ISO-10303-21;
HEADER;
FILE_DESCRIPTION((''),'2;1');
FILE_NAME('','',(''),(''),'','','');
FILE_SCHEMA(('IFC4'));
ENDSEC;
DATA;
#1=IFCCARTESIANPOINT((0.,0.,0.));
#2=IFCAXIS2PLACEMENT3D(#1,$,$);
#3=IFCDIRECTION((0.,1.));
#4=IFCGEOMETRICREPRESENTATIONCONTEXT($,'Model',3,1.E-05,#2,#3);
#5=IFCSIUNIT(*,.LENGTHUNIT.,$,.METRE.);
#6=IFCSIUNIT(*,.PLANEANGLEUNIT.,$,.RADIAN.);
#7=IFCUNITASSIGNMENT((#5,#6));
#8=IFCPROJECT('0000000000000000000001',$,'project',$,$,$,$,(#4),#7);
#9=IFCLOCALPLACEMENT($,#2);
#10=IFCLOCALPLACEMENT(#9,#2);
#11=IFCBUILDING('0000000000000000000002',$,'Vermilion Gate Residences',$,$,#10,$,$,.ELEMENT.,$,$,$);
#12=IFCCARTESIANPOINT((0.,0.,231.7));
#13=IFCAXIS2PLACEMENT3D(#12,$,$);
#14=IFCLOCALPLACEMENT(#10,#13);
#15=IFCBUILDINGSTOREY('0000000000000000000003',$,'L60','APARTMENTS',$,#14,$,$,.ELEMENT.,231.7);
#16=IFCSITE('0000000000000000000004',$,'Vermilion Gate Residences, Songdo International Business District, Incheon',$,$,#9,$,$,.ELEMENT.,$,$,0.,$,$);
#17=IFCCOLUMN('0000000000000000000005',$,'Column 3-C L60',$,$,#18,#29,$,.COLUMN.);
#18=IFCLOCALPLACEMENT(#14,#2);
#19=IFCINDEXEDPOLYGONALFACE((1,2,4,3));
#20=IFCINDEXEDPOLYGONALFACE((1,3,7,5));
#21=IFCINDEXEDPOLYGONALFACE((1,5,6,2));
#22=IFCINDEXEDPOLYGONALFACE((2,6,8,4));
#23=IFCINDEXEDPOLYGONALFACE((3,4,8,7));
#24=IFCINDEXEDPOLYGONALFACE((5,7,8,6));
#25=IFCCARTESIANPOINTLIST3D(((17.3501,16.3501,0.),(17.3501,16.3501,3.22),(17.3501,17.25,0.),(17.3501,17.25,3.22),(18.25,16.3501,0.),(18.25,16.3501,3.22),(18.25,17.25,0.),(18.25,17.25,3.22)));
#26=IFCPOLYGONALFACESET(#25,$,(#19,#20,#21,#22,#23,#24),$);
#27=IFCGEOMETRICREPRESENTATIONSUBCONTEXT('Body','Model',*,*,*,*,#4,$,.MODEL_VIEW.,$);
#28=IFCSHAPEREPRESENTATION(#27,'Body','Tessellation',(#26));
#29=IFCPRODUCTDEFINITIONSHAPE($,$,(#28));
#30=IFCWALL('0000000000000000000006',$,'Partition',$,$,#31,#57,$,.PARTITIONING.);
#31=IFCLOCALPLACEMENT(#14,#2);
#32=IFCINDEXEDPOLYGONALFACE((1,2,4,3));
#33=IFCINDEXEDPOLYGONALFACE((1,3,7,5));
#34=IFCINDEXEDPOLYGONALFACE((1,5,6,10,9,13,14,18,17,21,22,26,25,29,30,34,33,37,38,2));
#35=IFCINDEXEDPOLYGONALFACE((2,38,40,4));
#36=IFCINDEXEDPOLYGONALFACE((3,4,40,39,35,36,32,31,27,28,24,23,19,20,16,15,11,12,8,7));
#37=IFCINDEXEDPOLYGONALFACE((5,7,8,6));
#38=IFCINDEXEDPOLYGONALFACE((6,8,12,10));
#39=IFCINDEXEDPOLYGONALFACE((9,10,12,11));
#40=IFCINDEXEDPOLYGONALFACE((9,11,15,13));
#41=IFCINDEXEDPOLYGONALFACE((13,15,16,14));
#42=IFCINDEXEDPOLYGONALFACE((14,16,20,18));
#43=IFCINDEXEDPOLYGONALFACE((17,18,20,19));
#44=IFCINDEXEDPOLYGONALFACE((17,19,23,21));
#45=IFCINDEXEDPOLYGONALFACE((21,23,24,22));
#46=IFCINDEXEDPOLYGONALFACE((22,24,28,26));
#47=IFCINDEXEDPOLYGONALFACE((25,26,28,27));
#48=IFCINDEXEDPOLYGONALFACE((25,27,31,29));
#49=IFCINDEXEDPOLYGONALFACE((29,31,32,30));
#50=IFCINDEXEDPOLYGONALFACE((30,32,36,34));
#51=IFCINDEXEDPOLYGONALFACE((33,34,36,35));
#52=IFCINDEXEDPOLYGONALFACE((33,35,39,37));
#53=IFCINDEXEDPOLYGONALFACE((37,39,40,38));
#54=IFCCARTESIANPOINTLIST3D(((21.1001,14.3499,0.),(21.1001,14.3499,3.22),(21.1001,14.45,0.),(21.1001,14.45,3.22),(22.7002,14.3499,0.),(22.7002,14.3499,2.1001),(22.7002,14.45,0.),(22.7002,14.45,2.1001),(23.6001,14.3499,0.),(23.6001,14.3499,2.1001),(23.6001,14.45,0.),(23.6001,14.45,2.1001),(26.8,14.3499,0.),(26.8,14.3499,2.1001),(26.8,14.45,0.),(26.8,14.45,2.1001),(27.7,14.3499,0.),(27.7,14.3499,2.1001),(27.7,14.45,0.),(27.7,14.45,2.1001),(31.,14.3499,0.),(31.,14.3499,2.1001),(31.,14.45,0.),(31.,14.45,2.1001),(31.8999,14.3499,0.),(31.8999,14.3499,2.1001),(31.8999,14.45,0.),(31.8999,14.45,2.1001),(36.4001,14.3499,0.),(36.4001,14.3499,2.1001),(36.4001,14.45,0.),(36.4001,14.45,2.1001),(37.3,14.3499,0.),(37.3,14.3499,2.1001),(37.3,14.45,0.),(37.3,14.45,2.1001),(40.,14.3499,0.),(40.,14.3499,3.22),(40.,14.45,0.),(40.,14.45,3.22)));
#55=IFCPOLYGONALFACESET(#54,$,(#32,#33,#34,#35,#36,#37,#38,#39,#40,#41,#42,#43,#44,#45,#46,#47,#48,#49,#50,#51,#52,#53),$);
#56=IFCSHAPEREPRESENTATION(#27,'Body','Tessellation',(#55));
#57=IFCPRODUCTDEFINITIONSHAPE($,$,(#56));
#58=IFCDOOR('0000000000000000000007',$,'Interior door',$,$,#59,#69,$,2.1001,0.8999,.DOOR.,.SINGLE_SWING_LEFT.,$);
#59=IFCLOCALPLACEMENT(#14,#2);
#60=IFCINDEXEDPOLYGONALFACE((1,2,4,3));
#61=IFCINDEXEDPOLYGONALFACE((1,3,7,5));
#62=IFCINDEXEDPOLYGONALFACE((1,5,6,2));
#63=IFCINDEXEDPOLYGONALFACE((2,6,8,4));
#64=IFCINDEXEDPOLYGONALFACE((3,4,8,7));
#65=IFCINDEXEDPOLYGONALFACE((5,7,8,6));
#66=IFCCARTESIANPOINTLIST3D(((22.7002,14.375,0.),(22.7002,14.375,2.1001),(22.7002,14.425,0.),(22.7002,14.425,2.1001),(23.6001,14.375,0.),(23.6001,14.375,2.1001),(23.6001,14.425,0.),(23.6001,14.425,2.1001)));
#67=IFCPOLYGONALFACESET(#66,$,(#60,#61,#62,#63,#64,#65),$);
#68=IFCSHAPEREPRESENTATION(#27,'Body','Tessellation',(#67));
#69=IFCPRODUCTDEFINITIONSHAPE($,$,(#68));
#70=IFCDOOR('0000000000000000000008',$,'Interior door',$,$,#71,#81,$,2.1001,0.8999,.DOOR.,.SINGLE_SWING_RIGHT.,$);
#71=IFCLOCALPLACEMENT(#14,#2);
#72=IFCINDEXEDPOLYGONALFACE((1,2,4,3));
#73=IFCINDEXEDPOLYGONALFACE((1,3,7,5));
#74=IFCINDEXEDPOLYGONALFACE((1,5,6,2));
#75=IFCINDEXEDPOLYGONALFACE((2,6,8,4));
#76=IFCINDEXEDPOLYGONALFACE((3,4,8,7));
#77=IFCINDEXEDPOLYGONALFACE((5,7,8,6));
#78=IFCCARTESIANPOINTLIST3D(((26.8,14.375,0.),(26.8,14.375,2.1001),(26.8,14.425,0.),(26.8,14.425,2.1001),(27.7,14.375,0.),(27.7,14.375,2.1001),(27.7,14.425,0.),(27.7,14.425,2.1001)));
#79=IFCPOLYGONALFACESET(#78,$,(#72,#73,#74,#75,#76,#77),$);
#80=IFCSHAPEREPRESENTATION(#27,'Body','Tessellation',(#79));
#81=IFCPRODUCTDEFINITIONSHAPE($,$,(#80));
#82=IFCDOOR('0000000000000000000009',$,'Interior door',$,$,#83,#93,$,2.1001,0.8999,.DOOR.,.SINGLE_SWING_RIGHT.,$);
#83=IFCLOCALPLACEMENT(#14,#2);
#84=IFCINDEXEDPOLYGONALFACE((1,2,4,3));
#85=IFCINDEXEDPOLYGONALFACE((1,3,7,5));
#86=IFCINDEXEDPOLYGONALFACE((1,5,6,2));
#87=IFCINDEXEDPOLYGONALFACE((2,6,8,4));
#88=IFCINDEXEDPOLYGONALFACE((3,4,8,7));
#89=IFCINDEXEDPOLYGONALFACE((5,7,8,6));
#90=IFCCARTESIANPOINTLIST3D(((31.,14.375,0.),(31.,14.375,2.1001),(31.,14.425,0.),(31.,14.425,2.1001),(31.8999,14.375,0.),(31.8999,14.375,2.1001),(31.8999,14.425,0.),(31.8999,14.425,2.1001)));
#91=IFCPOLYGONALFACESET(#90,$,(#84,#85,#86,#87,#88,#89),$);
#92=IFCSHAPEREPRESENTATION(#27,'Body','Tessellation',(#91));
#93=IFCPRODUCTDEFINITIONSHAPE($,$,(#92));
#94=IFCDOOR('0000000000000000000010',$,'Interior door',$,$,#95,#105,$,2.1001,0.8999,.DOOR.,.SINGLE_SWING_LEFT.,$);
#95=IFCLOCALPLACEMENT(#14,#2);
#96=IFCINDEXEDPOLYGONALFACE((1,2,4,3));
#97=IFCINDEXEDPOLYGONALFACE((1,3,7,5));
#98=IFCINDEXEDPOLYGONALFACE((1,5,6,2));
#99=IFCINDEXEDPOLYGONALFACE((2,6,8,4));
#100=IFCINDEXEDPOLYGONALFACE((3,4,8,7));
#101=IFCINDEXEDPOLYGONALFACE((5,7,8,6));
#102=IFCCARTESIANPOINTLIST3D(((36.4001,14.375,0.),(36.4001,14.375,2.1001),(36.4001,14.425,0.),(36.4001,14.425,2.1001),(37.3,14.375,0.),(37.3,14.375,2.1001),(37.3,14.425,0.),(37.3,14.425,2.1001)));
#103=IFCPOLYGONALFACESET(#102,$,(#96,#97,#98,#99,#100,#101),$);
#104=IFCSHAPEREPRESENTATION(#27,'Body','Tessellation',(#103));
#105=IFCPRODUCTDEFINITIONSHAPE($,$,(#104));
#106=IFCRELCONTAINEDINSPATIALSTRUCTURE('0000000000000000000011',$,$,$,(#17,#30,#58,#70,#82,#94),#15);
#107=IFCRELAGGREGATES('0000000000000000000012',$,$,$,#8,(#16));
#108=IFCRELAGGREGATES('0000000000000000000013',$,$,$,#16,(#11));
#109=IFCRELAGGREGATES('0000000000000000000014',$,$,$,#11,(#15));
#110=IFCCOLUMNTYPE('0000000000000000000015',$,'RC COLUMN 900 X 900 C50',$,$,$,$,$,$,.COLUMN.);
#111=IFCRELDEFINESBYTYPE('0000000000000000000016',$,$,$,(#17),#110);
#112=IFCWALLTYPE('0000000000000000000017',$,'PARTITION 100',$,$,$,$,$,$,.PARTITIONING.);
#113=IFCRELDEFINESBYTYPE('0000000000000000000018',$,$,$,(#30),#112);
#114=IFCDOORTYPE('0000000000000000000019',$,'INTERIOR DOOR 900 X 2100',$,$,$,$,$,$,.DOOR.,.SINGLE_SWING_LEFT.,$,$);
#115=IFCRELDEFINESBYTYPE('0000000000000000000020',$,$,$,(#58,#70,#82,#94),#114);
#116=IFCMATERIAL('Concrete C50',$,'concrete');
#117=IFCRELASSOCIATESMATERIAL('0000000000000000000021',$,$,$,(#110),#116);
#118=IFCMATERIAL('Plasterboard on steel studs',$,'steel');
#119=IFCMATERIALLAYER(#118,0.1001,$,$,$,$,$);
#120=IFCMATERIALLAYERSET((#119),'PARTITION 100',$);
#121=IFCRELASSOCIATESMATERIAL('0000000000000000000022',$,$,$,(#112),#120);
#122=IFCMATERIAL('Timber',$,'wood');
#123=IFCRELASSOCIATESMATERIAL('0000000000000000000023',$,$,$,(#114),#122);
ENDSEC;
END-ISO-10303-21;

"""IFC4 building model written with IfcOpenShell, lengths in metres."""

from ifc_helpers import new_model, si_unit, direction, frame, frame_2d, origin, origin_2d, place, context, subcontext, project, spatial, rectangle, extrude, material, layer, layer_set, material_profile, profile_set, type_object, element, fill, save


model = new_model("IFC4")

# Units and contexts
model_context = context("Model", 3, precision=1e-05, world=origin(), true_north=direction((0.0, 1.0)))
body_context = subcontext(model_context, "Body", "Model", "MODEL_VIEW")
ifc_project = project(units=[si_unit("LENGTHUNIT", "METRE"), si_unit("PLANEANGLEUNIT", "RADIAN")], contexts=[model_context])

# Site, building, storey
site_placement = place(None, origin())
site = spatial("IfcSite", under=ifc_project, at=site_placement, Name="Vermilion Gate Residences, Songdo International Business District, Incheon", CompositionType="ELEMENT", RefElevation=0.0)
building_placement = place(site_placement, origin())
building = spatial("IfcBuilding", under=site, at=building_placement, Name="Vermilion Gate Residences", CompositionType="ELEMENT")
storey_placement = place(building_placement, frame((0.0, 0.0, 231.7)))
storey = spatial("IfcBuildingStorey", under=building, at=storey_placement, Name="L60", Description="APARTMENTS", CompositionType="ELEMENT", Elevation=231.7)

# Column
ifc_material_1 = material(Name="Concrete C50", Category="concrete")
ifc_material_profile = material_profile(ifc_material_1, rectangle(XDim=0.8999, YDim=0.8999, at=origin_2d()), Name="RC-900x900")
ifc_profile_set = profile_set([ifc_material_profile], Name="Concrete C50")
column_type = type_object("IfcColumnType", Name="RC COLUMN 900 X 900 C50", PredefinedType="COLUMN", material=ifc_profile_set)
column_placement = place(storey_placement, frame((17.8, 16.8, 0.0), z_axis=(0.0, 0.0, 1.0), x_axis=(1.0, 0.0, 0.0)))
element("IfcColumn", 1, at=column_placement, inside=storey, type_object=column_type, Name="Column 3-C L60", PredefinedType="COLUMN", context=body_context, shape_type="SweptSolid", body=[
    extrude(rectangle(XDim=0.8999, YDim=0.8999, at=origin_2d()), origin(), (0.0, 0.0, 1.0), 3.22),
])

# Wall, openings, doors
ifc_material_2 = material(Name="Plasterboard on steel studs", Category="steel")
ifc_layer_1 = layer(ifc_material_2, 0.1001)
ifc_layer_set_1 = layer_set([ifc_layer_1], Name="PARTITION 100")
wall_type_1 = type_object("IfcWallType", Name="PARTITION 100", PredefinedType="PARTITIONING", material=ifc_layer_set_1)
wall_1_placement = place(storey_placement, frame((21.1001, 14.3999, 0.0), z_axis=(0.0, 0.0, 1.0), x_axis=(1.0, 0.0, 0.0)))
wall_1 = element("IfcWall", 2, at=wall_1_placement, inside=storey, type_object=wall_type_1, Name="Partition", PredefinedType="PARTITIONING", context=body_context, shape_type="SweptSolid", body=[
    extrude(rectangle(XDim=18.8999, YDim=0.1001, at=frame_2d((9.45, 0.0))), origin(), (0.0, 0.0, 1.0), 3.22),
])
opening_1_placement = place(wall_1_placement, frame((1.6001, 0.0, 0.0)))
opening_1 = element("IfcOpeningElement", 3, at=opening_1_placement, cuts=wall_1, PredefinedType="OPENING", context=body_context, shape_type="SweptSolid", body=[
    extrude(rectangle(XDim=0.8999, YDim=2.1001, at=frame_2d((0.45, 1.05))), frame((0.0, 0.0601, 0.0), z_axis=(0.0, -1.0, 0.0), x_axis=(1.0, 0.0, 0.0)), (0.0, 0.0, 1.0), 0.1201),
])
opening_2_placement = place(wall_1_placement, frame((5.7, 0.0, 0.0)))
opening_2 = element("IfcOpeningElement", 4, at=opening_2_placement, cuts=wall_1, PredefinedType="OPENING", context=body_context, shape_type="SweptSolid", body=[
    extrude(rectangle(XDim=0.8999, YDim=2.1001, at=frame_2d((0.45, 1.05))), frame((0.0, 0.0601, 0.0), z_axis=(0.0, -1.0, 0.0), x_axis=(1.0, 0.0, 0.0)), (0.0, 0.0, 1.0), 0.1201),
])
opening_3_placement = place(wall_1_placement, frame((9.8999, 0.0, 0.0)))
opening_3 = element("IfcOpeningElement", 5, at=opening_3_placement, cuts=wall_1, PredefinedType="OPENING", context=body_context, shape_type="SweptSolid", body=[
    extrude(rectangle(XDim=0.8999, YDim=2.1001, at=frame_2d((0.45, 1.05))), frame((0.0, 0.0601, 0.0), z_axis=(0.0, -1.0, 0.0), x_axis=(1.0, 0.0, 0.0)), (0.0, 0.0, 1.0), 0.1201),
])
opening_4_placement = place(wall_1_placement, frame((15.3, 0.0, 0.0)))
opening_4 = element("IfcOpeningElement", 6, at=opening_4_placement, cuts=wall_1, PredefinedType="OPENING", context=body_context, shape_type="SweptSolid", body=[
    extrude(rectangle(XDim=0.8999, YDim=2.1001, at=frame_2d((0.45, 1.05))), frame((0.0, 0.0601, 0.0), z_axis=(0.0, -1.0, 0.0), x_axis=(1.0, 0.0, 0.0)), (0.0, 0.0, 1.0), 0.1201),
])
ifc_material_3 = material(Name="Timber", Category="wood")
door_type_1 = type_object("IfcDoorType", Name="INTERIOR DOOR 900 X 2100", OperationType="SINGLE_SWING_LEFT", PredefinedType="DOOR", material=ifc_material_3)
door_1_placement = place(opening_1_placement, frame((0.8999, 0.0, 0.0), z_axis=(0.0, 0.0, 1.0), x_axis=(-1.0, 0.0, 0.0)))
door_1 = element("IfcDoor", 7, at=door_1_placement, inside=storey, type_object=door_type_1, Name="Interior door", OperationType="SINGLE_SWING_LEFT", OverallHeight=2.1001, OverallWidth=0.8999, PredefinedType="DOOR", context=body_context, shape_type="SweptSolid", body=[
    extrude(rectangle(XDim=0.8999, YDim=2.1001, at=frame_2d((0.45, 1.05))), frame((0.0, 0.0249, 0.0), z_axis=(0.0, -1.0, 0.0), x_axis=(1.0, 0.0, 0.0)), (0.0, 0.0, 1.0), 0.05),
])
fill(opening_1, door_1)
door_2_placement = place(opening_2_placement, frame((0.8999, 0.0, 0.0), z_axis=(0.0, 0.0, 1.0), x_axis=(-1.0, 0.0, 0.0)))
door_2 = element("IfcDoor", 8, at=door_2_placement, inside=storey, type_object=door_type_1, Name="Interior door", OperationType="SINGLE_SWING_RIGHT", OverallHeight=2.1001, OverallWidth=0.8999, PredefinedType="DOOR", context=body_context, shape_type="SweptSolid", body=[
    extrude(rectangle(XDim=0.8999, YDim=2.1001, at=frame_2d((0.45, 1.05))), frame((0.0, 0.0249, 0.0), z_axis=(0.0, -1.0, 0.0), x_axis=(1.0, 0.0, 0.0)), (0.0, 0.0, 1.0), 0.05),
])
fill(opening_2, door_2)
door_3_placement = place(opening_3_placement, frame((0.8999, 0.0, 0.0), z_axis=(0.0, 0.0, 1.0), x_axis=(-1.0, 0.0, 0.0)))
door_3 = element("IfcDoor", 9, at=door_3_placement, inside=storey, type_object=door_type_1, Name="Interior door", OperationType="SINGLE_SWING_RIGHT", OverallHeight=2.1001, OverallWidth=0.8999, PredefinedType="DOOR", context=body_context, shape_type="SweptSolid", body=[
    extrude(rectangle(XDim=0.8999, YDim=2.1001, at=frame_2d((0.45, 1.05))), frame((0.0, 0.0249, 0.0), z_axis=(0.0, -1.0, 0.0), x_axis=(1.0, 0.0, 0.0)), (0.0, 0.0, 1.0), 0.05),
])
fill(opening_3, door_3)
door_4_placement = place(opening_4_placement, frame((0.8999, 0.0, 0.0), z_axis=(0.0, 0.0, 1.0), x_axis=(-1.0, 0.0, 0.0)))
door_4 = element("IfcDoor", 10, at=door_4_placement, inside=storey, type_object=door_type_1, Name="Interior door", OperationType="SINGLE_SWING_LEFT", OverallHeight=2.1001, OverallWidth=0.8999, PredefinedType="DOOR", context=body_context, shape_type="SweptSolid", body=[
    extrude(rectangle(XDim=0.8999, YDim=2.1001, at=frame_2d((0.45, 1.05))), frame((0.0, 0.0249, 0.0), z_axis=(0.0, -1.0, 0.0), x_axis=(1.0, 0.0, 0.0)), (0.0, 0.0, 1.0), 0.05),
])
fill(opening_4, door_4)

save(model, "model.ifc")
